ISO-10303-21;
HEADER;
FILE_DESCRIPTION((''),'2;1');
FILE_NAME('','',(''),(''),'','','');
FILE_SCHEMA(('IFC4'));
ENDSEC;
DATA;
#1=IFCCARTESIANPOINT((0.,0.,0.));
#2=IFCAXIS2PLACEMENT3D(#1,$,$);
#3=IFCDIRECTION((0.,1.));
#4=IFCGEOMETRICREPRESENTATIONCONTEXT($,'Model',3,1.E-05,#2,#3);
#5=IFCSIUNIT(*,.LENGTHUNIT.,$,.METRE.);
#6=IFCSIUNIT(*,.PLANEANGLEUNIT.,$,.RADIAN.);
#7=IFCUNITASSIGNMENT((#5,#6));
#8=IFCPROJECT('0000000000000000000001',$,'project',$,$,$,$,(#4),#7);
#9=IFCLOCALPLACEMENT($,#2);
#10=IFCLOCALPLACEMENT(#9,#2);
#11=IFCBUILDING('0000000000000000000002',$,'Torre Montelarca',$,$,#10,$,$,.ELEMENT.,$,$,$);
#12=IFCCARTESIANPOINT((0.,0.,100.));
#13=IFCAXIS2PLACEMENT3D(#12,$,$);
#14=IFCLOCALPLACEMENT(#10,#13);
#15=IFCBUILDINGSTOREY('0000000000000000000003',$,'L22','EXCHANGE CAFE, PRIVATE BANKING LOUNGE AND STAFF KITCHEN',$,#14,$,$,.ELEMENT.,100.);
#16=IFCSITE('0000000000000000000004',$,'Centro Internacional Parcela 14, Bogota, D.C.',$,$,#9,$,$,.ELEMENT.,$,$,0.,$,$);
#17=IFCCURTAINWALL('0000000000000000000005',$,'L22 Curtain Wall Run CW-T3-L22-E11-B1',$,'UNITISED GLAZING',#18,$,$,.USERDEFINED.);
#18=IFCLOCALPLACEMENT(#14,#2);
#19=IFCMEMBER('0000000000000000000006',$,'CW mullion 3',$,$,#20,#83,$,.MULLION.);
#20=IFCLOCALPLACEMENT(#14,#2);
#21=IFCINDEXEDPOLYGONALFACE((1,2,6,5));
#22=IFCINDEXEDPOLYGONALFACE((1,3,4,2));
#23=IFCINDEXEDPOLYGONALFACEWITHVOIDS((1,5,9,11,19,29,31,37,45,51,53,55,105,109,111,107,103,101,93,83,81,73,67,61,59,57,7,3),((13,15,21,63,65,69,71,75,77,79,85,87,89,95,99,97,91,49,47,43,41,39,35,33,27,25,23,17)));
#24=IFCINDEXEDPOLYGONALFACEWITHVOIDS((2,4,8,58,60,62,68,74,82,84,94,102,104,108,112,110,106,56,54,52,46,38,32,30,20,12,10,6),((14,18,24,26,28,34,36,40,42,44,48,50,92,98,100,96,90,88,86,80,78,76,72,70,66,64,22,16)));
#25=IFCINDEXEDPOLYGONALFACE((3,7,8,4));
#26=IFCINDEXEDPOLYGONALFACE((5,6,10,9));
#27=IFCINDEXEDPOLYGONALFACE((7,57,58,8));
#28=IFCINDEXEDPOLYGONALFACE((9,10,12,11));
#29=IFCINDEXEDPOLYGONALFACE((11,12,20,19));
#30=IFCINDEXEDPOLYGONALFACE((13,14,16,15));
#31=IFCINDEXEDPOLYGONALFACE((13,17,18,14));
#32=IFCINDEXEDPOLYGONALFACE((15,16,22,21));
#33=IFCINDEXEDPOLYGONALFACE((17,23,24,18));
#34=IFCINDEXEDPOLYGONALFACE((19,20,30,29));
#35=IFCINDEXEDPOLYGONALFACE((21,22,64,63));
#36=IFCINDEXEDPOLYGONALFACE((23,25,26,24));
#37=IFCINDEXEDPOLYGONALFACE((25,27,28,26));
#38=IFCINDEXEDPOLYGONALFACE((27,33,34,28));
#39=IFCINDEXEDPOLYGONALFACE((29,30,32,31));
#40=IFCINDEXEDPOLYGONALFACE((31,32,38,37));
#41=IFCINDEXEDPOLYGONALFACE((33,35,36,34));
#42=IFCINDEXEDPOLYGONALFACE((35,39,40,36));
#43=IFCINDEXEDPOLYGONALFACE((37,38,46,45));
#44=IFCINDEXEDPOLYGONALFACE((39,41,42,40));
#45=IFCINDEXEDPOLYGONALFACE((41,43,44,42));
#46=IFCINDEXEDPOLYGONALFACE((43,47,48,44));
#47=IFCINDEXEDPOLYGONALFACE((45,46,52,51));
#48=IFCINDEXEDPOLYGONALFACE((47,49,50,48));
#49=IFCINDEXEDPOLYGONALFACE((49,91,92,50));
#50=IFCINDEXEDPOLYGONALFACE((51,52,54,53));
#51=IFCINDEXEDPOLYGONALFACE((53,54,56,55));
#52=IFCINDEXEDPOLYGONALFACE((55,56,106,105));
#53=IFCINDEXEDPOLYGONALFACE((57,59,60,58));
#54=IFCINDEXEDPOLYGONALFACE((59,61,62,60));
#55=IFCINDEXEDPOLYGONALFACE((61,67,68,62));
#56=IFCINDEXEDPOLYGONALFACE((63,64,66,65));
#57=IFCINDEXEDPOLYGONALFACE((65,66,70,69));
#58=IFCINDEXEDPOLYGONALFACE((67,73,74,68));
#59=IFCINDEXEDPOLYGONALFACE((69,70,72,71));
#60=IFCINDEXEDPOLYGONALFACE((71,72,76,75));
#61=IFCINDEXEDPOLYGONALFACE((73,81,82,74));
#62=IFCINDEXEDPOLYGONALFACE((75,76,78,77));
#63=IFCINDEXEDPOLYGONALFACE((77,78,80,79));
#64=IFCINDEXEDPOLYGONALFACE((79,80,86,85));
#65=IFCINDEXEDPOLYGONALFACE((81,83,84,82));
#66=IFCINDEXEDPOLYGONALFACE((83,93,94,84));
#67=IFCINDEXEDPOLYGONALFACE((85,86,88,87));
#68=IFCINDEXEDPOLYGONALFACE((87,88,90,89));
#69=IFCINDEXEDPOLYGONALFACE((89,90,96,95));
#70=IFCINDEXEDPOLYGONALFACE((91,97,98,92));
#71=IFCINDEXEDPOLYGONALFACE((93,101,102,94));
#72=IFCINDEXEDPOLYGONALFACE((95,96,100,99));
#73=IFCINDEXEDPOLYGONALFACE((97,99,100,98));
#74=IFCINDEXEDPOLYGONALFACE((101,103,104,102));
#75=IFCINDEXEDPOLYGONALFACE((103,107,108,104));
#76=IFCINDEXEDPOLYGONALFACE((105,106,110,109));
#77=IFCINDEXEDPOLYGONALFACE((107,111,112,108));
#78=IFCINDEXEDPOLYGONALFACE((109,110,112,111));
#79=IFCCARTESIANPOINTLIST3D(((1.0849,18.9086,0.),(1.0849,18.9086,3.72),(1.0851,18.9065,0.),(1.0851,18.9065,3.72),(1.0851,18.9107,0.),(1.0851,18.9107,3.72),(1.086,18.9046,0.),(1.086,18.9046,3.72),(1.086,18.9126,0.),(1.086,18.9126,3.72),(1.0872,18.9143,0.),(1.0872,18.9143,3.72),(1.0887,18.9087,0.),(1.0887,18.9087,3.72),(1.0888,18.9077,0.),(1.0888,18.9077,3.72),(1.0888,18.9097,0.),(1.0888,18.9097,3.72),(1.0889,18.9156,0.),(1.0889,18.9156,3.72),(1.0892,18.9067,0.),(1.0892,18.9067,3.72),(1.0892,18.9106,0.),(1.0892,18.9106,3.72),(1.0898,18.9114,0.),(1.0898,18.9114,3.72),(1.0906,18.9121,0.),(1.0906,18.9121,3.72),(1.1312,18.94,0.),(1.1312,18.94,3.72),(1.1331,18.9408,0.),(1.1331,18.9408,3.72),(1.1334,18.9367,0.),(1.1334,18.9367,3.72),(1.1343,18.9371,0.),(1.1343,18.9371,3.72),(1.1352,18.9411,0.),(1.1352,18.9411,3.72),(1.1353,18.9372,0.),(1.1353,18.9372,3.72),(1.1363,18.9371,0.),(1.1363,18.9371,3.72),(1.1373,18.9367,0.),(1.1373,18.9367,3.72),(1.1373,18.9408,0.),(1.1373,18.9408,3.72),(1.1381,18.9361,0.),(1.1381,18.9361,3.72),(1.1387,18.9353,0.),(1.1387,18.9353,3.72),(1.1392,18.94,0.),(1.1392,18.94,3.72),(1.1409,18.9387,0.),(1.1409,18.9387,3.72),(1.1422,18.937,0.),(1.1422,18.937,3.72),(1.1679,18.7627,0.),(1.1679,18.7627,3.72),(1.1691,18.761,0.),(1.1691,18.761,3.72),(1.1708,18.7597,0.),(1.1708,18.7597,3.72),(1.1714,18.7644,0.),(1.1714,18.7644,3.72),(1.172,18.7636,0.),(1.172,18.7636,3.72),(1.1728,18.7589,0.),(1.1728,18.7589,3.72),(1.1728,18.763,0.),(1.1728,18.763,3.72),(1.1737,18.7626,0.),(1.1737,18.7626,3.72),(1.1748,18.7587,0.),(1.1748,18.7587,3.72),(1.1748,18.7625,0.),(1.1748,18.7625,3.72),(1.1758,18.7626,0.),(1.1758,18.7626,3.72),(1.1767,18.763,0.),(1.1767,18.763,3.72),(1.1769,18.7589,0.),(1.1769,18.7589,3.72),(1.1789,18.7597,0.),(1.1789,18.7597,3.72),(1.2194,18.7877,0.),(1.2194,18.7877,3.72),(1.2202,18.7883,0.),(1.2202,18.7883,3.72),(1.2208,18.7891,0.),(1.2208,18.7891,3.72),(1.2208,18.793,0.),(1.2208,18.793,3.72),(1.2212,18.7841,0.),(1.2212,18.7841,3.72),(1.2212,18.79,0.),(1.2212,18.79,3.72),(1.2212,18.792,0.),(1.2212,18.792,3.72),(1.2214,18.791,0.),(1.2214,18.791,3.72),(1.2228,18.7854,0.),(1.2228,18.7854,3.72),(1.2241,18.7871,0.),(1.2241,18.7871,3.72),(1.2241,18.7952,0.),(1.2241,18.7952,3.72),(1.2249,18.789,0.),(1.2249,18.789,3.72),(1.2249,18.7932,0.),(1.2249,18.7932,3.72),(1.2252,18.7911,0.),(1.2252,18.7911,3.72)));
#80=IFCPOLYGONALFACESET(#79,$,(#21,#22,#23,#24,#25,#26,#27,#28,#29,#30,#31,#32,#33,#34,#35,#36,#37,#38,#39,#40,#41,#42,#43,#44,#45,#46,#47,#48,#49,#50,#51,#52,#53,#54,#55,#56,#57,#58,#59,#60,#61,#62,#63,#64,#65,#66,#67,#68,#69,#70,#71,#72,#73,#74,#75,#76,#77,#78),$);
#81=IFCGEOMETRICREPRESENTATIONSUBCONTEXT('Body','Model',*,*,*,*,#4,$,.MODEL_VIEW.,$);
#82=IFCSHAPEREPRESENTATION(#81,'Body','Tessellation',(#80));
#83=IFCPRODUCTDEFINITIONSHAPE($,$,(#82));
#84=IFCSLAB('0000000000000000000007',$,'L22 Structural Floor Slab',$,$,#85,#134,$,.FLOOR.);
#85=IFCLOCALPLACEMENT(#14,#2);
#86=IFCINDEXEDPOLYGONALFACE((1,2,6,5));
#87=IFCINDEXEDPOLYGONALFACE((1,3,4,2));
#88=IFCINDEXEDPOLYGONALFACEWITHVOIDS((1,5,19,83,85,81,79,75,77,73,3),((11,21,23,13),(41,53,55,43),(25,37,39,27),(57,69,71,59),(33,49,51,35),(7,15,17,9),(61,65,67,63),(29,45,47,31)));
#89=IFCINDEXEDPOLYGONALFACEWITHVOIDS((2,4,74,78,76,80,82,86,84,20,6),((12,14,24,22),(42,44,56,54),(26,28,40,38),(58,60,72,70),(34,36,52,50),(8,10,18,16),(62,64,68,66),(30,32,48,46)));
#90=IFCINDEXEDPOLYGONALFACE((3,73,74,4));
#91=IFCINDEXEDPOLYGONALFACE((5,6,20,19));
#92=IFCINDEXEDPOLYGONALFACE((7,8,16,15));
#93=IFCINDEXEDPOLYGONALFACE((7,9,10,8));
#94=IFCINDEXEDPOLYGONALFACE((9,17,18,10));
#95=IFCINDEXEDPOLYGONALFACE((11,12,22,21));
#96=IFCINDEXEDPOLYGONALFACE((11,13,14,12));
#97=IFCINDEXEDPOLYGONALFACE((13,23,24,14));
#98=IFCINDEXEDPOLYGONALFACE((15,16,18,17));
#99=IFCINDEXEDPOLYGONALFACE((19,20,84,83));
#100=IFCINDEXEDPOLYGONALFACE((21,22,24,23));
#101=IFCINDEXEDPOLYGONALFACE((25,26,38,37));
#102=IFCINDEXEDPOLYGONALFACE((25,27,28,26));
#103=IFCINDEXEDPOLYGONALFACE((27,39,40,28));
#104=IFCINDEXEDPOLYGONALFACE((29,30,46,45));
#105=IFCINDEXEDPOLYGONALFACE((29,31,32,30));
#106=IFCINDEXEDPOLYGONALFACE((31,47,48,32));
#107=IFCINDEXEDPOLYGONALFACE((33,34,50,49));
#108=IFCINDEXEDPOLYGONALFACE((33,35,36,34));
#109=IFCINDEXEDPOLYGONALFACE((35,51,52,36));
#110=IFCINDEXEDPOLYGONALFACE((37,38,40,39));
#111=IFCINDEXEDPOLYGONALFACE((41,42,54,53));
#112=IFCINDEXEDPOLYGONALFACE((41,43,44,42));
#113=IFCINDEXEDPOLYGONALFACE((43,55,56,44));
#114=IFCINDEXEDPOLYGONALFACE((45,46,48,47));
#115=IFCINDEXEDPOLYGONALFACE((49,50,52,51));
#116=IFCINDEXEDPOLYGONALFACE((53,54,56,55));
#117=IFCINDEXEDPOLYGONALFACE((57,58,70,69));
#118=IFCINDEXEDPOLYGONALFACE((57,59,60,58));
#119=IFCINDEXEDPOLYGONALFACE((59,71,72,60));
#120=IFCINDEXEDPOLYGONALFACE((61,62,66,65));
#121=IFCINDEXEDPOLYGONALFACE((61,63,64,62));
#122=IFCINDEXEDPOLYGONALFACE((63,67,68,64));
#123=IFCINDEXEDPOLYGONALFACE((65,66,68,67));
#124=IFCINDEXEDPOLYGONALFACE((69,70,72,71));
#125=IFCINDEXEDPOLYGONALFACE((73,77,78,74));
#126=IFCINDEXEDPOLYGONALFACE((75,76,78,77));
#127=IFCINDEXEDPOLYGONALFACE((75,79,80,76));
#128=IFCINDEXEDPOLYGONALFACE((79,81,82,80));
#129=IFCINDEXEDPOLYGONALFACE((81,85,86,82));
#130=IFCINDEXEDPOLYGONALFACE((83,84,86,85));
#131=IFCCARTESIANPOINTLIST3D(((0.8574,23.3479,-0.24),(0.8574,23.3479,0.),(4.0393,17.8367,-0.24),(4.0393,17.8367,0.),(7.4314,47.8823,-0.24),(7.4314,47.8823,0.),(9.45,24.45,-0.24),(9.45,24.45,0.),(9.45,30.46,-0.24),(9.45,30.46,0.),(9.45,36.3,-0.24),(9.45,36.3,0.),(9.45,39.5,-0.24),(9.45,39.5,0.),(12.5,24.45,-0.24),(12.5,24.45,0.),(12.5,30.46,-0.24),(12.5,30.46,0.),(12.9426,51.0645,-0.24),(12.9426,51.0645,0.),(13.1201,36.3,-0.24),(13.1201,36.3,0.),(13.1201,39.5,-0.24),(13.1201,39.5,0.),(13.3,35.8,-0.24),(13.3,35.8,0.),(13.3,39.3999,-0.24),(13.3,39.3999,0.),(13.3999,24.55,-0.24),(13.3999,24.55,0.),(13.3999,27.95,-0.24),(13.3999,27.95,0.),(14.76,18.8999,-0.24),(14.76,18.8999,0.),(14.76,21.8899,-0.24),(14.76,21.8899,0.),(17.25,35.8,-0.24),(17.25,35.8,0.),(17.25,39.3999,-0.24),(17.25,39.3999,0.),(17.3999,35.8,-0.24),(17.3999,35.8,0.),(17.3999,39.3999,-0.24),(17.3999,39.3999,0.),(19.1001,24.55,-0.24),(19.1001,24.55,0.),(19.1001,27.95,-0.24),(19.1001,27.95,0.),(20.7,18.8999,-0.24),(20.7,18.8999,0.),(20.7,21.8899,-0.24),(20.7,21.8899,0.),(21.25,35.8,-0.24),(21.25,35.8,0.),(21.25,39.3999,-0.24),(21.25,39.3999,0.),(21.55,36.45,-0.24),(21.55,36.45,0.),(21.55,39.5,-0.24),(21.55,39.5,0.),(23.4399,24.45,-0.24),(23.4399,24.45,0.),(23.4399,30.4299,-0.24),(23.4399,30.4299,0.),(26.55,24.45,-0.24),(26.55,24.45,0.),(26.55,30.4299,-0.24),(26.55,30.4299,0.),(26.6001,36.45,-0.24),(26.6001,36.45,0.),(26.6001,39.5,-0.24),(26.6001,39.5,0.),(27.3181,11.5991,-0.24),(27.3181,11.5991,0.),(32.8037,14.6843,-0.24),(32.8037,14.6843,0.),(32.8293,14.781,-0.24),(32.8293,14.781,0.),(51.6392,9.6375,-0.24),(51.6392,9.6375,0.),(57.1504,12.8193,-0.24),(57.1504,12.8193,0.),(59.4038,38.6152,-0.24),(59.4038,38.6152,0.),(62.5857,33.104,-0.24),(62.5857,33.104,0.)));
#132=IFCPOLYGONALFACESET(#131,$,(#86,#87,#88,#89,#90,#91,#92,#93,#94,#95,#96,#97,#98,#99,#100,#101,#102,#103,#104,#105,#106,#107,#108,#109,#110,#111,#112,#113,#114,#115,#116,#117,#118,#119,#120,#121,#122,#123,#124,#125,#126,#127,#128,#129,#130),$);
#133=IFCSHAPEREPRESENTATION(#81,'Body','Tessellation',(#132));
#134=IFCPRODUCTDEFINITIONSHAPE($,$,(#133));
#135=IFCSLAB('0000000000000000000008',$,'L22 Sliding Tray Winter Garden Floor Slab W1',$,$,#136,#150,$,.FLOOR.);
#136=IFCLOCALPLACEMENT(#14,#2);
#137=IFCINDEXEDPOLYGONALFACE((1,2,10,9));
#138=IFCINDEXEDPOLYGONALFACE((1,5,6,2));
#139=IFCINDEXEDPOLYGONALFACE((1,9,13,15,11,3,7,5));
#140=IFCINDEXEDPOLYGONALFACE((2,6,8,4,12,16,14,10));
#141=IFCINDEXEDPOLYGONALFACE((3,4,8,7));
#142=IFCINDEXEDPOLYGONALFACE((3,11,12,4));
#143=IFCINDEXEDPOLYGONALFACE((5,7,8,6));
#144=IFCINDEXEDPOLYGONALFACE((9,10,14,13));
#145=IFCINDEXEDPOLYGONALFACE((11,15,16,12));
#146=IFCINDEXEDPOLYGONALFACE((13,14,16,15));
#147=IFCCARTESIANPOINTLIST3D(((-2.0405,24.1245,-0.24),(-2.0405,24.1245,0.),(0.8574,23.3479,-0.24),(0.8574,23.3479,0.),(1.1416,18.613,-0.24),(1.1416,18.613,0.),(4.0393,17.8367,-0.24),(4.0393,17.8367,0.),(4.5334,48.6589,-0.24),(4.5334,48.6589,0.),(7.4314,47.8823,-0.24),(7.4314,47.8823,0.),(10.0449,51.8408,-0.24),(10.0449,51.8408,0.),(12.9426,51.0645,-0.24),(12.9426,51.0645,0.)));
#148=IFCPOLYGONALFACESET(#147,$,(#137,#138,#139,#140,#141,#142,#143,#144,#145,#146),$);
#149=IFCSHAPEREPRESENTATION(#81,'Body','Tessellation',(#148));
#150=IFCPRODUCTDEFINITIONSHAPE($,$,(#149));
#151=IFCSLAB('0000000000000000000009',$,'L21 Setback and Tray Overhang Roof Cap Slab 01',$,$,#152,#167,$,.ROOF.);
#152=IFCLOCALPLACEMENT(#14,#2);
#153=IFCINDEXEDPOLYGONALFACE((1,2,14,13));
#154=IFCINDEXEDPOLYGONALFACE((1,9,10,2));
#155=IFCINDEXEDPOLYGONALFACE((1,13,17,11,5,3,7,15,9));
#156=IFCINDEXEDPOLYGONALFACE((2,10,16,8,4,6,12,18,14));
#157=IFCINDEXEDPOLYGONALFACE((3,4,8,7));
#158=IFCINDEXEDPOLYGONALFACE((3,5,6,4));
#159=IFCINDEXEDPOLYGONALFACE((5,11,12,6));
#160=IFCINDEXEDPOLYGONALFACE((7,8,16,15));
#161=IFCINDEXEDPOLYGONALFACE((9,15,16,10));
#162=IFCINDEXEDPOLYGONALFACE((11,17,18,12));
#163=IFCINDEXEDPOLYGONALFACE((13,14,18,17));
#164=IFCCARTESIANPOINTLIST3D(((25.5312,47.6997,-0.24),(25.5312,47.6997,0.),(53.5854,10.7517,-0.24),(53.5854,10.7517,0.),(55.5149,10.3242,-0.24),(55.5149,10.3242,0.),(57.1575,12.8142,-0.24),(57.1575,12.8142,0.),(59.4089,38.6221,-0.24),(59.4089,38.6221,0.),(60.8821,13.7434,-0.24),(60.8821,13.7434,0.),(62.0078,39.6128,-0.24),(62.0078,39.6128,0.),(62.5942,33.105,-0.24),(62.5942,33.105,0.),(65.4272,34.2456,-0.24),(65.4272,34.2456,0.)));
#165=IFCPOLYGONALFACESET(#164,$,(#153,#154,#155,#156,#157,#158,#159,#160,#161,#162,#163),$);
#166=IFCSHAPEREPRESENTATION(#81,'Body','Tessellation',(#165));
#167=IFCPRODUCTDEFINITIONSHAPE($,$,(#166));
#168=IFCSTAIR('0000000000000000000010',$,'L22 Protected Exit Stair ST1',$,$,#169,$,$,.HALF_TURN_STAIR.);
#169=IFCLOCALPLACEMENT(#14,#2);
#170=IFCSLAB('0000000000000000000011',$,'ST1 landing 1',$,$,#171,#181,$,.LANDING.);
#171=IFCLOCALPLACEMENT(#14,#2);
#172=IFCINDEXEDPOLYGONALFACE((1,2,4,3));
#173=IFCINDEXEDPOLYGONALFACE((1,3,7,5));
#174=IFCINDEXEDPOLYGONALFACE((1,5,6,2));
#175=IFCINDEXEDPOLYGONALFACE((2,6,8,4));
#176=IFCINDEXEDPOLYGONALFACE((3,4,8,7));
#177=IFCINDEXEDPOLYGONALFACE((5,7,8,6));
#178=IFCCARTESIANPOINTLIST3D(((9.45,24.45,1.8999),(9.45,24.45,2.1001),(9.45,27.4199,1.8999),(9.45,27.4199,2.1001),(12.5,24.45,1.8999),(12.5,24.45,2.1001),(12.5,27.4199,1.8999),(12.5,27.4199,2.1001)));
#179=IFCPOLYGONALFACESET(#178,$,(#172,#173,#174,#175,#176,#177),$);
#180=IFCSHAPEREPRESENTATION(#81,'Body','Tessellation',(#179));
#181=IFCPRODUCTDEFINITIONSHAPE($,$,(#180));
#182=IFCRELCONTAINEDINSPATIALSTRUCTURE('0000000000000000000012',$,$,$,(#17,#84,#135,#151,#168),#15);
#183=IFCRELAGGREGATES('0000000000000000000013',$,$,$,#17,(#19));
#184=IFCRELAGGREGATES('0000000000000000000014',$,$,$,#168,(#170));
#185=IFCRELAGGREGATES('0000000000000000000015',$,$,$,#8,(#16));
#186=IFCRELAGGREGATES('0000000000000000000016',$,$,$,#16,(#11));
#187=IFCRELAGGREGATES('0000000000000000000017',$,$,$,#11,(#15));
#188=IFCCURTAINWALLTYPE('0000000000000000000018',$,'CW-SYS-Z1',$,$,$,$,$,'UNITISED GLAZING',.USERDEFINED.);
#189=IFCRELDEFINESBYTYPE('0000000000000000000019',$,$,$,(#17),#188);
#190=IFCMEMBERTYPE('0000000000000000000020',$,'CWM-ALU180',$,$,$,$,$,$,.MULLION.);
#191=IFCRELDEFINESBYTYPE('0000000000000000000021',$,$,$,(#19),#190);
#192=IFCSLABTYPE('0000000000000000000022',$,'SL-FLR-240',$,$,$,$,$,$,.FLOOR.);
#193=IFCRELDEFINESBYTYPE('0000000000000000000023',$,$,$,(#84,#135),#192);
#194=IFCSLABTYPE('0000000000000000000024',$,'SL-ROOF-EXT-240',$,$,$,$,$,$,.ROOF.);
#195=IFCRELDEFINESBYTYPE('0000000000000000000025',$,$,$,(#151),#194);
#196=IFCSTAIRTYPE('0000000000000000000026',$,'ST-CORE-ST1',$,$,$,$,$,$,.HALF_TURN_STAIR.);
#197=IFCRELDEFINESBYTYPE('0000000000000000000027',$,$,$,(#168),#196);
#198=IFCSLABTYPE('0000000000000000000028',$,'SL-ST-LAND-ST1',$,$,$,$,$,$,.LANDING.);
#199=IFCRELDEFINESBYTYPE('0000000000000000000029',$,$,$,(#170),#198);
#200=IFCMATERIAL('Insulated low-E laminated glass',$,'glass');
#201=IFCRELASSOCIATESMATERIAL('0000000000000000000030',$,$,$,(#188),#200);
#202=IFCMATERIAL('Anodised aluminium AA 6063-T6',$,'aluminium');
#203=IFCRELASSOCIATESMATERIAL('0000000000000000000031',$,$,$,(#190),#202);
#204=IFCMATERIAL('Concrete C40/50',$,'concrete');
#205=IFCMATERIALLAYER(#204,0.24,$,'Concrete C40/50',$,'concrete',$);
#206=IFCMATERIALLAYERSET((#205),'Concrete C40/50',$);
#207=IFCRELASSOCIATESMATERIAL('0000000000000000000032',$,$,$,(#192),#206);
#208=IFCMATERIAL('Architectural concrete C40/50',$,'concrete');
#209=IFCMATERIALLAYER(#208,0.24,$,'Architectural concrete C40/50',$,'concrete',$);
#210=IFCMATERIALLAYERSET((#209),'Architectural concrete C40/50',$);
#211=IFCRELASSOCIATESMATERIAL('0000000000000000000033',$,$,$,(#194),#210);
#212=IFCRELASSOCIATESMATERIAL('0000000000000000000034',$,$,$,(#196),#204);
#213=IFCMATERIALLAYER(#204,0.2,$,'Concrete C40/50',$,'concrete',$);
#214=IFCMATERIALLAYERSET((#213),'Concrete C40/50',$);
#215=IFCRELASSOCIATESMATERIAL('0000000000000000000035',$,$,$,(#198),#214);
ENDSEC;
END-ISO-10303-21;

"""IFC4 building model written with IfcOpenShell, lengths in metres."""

from ifc_helpers import new_model, si_unit, direction, frame, origin, origin_2d, place, context, subcontext, project, spatial, polyline, hollow_rectangle, outline, extrude, source, transform, mapped, material, layer, layer_set, material_profile, profile_set, type_object, element, aggregate, save


model = new_model("IFC4")

# Units and contexts
model_context = context("Model", 3, precision=1e-05, world=origin(), true_north=direction((0.0, 1.0)))
body_context = subcontext(model_context, "Body", "Model", "MODEL_VIEW")
ifc_project = project(units=[si_unit("LENGTHUNIT", "METRE"), si_unit("PLANEANGLEUNIT", "RADIAN")], contexts=[model_context])

# Site, building, storey
site_placement = place(None, origin())
site = spatial("IfcSite", under=ifc_project, at=site_placement, Name="Centro Internacional Parcela 14, Bogota, D.C.", CompositionType="ELEMENT", RefElevation=0.0)
building_placement = place(site_placement, origin())
building = spatial("IfcBuilding", under=site, at=building_placement, Name="Torre Montelarca", CompositionType="ELEMENT")
storey_placement = place(building_placement, frame((0.0, 0.0, 100.0)))
storey = spatial("IfcBuildingStorey", under=building, at=storey_placement, Name="L22", Description="EXCHANGE CAFE, PRIVATE BANKING LOUNGE AND STAFF KITCHEN", CompositionType="ELEMENT", Elevation=100.0)

# Shared definitions
ifc_material_1 = material(Name="Insulated low-E laminated glass", Category="glass")
curtain_wall_type = type_object("IfcCurtainWallType", Name="CW-SYS-Z1", ElementType="UNITISED GLAZING", PredefinedType="USERDEFINED", material=ifc_material_1)
ifc_material_2 = material(Name="Anodised aluminium AA 6063-T6", Category="aluminium")

# Shared definitions
ifc_material_profile_1 = material_profile(ifc_material_2, hollow_rectangle(XDim=0.0649, YDim=0.1799, WallThickness=0.0039, InnerFilletRadius=0.0039, OuterFilletRadius=0.0081, at=origin_2d()), Name="ALU65X180X4", Category="aluminium")
ifc_profile_set_1 = profile_set([ifc_material_profile_1], Name="Anodised aluminium AA 6063-T6")
member_type_1 = type_object("IfcMemberType", Name="CWM-ALU180", PredefinedType="MULLION", material=ifc_profile_set_1)
shared_shape_1 = source(origin(), body_context, "Body", "SweptSolid", [
    extrude(hollow_rectangle(XDim=0.0649, YDim=0.1799, WallThickness=0.0039, InnerFilletRadius=0.0039, OuterFilletRadius=0.0081, at=origin_2d()), origin(), (0.0, 0.0, 1.0), 3.72),
])

# Curtain wall, member
curtain_wall_1_placement = place(storey_placement, origin())
curtain_wall_1 = element("IfcCurtainWall", 1, at=curtain_wall_1_placement, inside=storey, type_object=curtain_wall_type, Name="L22 Curtain Wall Run CW-T3-L22-E11-B1", ObjectType="UNITISED GLAZING", PredefinedType="USERDEFINED")
member_1_placement = place(storey_placement, frame((1.155, 18.8499, 0.0), z_axis=(0.0, 0.0, 1.0), x_axis=(0.866025, 0.500001, 0.0)))
member_1 = element("IfcMember", 2, at=member_1_placement, type_object=member_type_1, Name="CW mullion 3", PredefinedType="MULLION", context=body_context, shape_type="MappedRepresentation", body=[
    mapped(shared_shape_1, transform((0.0, 0.0, 0.0), scale=1.0)),
])
aggregate(curtain_wall_1, [member_1])

# Slabs
ifc_material_3 = material(Name="Concrete C40/50", Category="concrete")
ifc_layer_1 = layer(ifc_material_3, 0.24, Name="Concrete C40/50", Category="concrete")
ifc_layer_set_1 = layer_set([ifc_layer_1], Name="Concrete C40/50")
slab_type_1 = type_object("IfcSlabType", Name="SL-FLR-240", PredefinedType="FLOOR", material=ifc_layer_set_1)
slab_1_placement = place(storey_placement, frame((0.0, 0.0, -0.24)))
element("IfcSlab", 3, at=slab_1_placement, inside=storey, type_object=slab_type_1, Name="L22 Structural Floor Slab", PredefinedType="FLOOR", context=body_context, shape_type="SweptSolid", body=[
    extrude(outline(polyline([(27.3181, 11.5991), (32.8293, 14.781), (32.8037, 14.6843), (51.6392, 9.6375), (57.1504, 12.8193), (62.5857, 33.104), (59.4038, 38.6152), (12.9426, 51.0645), (7.4314, 47.8823), (0.8574, 23.3479), (4.0393, 17.8367), (27.3181, 11.5991)]), holes=[polyline([(20.7, 18.8999), (14.76, 18.8999), (14.76, 21.8899), (20.7, 21.8899), (20.7, 18.8999)]), polyline([(19.1001, 24.55), (13.3999, 24.55), (13.3999, 27.95), (19.1001, 27.95), (19.1001, 24.55)]), polyline([(23.4399, 24.45), (23.4399, 30.4299), (26.55, 30.4299), (26.55, 24.45), (23.4399, 24.45)]), polyline([(9.45, 24.45), (9.45, 30.46), (12.5, 30.46), (12.5, 24.45), (9.45, 24.45)]), polyline([(17.25, 35.8), (13.3, 35.8), (13.3, 39.3999), (17.25, 39.3999), (17.25, 35.8)]), polyline([(21.25, 35.8), (17.3999, 35.8), (17.3999, 39.3999), (21.25, 39.3999), (21.25, 35.8)]), polyline([(13.1201, 36.3), (9.45, 36.3), (9.45, 39.5), (13.1201, 39.5), (13.1201, 36.3)]), polyline([(26.6001, 36.45), (21.55, 36.45), (21.55, 39.5), (26.6001, 39.5), (26.6001, 36.45)])]), origin(), (0.0, 0.0, 1.0), 0.24),
])
slab_2_placement = place(storey_placement, frame((0.0, 0.0, -0.24)))
element("IfcSlab", 4, at=slab_2_placement, inside=storey, type_object=slab_type_1, Name="L22 Sliding Tray Winter Garden Floor Slab W1", PredefinedType="FLOOR", context=body_context, shape_type="SweptSolid", body=[
    extrude(outline(polyline([(4.0393, 17.8367), (0.8574, 23.3479), (7.4314, 47.8823), (12.9426, 51.0645), (10.0449, 51.8408), (4.5334, 48.6589), (-2.0405, 24.1245), (1.1416, 18.613), (4.0393, 17.8367)])), origin(), (0.0, 0.0, 1.0), 0.24),
])
ifc_material_4 = material(Name="Architectural concrete C40/50", Category="concrete")
ifc_layer_2 = layer(ifc_material_4, 0.24, Name="Architectural concrete C40/50", Category="concrete")
ifc_layer_set_2 = layer_set([ifc_layer_2], Name="Architectural concrete C40/50")
slab_type_2 = type_object("IfcSlabType", Name="SL-ROOF-EXT-240", PredefinedType="ROOF", material=ifc_layer_set_2)
slab_3_placement = place(storey_placement, frame((0.0, 0.0, -0.24)))
element("IfcSlab", 5, at=slab_3_placement, inside=storey, type_object=slab_type_2, Name="L21 Setback and Tray Overhang Roof Cap Slab 01", PredefinedType="ROOF", context=body_context, shape_type="SweptSolid", body=[
    extrude(outline(polyline([(59.4089, 38.6221), (62.5942, 33.105), (57.1575, 12.8142), (53.5854, 10.7517), (55.5149, 10.3242), (60.8821, 13.7434), (65.4272, 34.2456), (62.0078, 39.6128), (25.5312, 47.6997), (59.4089, 38.6221)])), origin(), (0.0, 0.0, 1.0), 0.24),
])

# Stair, slab
stair_type_1 = type_object("IfcStairType", Name="ST-CORE-ST1", PredefinedType="HALF_TURN_STAIR", material=ifc_material_3)
stair_1_placement = place(storey_placement, origin())
stair_1 = element("IfcStair", 6, at=stair_1_placement, inside=storey, type_object=stair_type_1, Name="L22 Protected Exit Stair ST1", PredefinedType="HALF_TURN_STAIR")
ifc_layer_3 = layer(ifc_material_3, 0.2, Name="Concrete C40/50", Category="concrete")
ifc_layer_set_3 = layer_set([ifc_layer_3], Name="Concrete C40/50")
slab_type_3 = type_object("IfcSlabType", Name="SL-ST-LAND-ST1", PredefinedType="LANDING", material=ifc_layer_set_3)
slab_4_placement = place(storey_placement, frame((0.0, 0.0, 1.8999)))
slab_4 = element("IfcSlab", 7, at=slab_4_placement, type_object=slab_type_3, Name="ST1 landing 1", PredefinedType="LANDING", context=body_context, shape_type="SweptSolid", body=[
    extrude(outline(polyline([(9.45, 27.4199), (9.45, 24.45), (12.5, 24.45), (12.5, 27.4199), (9.45, 27.4199)])), origin(), (0.0, 0.0, 1.0), 0.2002),
])
aggregate(stair_1, [slab_4])

save(model, "model.ifc")
